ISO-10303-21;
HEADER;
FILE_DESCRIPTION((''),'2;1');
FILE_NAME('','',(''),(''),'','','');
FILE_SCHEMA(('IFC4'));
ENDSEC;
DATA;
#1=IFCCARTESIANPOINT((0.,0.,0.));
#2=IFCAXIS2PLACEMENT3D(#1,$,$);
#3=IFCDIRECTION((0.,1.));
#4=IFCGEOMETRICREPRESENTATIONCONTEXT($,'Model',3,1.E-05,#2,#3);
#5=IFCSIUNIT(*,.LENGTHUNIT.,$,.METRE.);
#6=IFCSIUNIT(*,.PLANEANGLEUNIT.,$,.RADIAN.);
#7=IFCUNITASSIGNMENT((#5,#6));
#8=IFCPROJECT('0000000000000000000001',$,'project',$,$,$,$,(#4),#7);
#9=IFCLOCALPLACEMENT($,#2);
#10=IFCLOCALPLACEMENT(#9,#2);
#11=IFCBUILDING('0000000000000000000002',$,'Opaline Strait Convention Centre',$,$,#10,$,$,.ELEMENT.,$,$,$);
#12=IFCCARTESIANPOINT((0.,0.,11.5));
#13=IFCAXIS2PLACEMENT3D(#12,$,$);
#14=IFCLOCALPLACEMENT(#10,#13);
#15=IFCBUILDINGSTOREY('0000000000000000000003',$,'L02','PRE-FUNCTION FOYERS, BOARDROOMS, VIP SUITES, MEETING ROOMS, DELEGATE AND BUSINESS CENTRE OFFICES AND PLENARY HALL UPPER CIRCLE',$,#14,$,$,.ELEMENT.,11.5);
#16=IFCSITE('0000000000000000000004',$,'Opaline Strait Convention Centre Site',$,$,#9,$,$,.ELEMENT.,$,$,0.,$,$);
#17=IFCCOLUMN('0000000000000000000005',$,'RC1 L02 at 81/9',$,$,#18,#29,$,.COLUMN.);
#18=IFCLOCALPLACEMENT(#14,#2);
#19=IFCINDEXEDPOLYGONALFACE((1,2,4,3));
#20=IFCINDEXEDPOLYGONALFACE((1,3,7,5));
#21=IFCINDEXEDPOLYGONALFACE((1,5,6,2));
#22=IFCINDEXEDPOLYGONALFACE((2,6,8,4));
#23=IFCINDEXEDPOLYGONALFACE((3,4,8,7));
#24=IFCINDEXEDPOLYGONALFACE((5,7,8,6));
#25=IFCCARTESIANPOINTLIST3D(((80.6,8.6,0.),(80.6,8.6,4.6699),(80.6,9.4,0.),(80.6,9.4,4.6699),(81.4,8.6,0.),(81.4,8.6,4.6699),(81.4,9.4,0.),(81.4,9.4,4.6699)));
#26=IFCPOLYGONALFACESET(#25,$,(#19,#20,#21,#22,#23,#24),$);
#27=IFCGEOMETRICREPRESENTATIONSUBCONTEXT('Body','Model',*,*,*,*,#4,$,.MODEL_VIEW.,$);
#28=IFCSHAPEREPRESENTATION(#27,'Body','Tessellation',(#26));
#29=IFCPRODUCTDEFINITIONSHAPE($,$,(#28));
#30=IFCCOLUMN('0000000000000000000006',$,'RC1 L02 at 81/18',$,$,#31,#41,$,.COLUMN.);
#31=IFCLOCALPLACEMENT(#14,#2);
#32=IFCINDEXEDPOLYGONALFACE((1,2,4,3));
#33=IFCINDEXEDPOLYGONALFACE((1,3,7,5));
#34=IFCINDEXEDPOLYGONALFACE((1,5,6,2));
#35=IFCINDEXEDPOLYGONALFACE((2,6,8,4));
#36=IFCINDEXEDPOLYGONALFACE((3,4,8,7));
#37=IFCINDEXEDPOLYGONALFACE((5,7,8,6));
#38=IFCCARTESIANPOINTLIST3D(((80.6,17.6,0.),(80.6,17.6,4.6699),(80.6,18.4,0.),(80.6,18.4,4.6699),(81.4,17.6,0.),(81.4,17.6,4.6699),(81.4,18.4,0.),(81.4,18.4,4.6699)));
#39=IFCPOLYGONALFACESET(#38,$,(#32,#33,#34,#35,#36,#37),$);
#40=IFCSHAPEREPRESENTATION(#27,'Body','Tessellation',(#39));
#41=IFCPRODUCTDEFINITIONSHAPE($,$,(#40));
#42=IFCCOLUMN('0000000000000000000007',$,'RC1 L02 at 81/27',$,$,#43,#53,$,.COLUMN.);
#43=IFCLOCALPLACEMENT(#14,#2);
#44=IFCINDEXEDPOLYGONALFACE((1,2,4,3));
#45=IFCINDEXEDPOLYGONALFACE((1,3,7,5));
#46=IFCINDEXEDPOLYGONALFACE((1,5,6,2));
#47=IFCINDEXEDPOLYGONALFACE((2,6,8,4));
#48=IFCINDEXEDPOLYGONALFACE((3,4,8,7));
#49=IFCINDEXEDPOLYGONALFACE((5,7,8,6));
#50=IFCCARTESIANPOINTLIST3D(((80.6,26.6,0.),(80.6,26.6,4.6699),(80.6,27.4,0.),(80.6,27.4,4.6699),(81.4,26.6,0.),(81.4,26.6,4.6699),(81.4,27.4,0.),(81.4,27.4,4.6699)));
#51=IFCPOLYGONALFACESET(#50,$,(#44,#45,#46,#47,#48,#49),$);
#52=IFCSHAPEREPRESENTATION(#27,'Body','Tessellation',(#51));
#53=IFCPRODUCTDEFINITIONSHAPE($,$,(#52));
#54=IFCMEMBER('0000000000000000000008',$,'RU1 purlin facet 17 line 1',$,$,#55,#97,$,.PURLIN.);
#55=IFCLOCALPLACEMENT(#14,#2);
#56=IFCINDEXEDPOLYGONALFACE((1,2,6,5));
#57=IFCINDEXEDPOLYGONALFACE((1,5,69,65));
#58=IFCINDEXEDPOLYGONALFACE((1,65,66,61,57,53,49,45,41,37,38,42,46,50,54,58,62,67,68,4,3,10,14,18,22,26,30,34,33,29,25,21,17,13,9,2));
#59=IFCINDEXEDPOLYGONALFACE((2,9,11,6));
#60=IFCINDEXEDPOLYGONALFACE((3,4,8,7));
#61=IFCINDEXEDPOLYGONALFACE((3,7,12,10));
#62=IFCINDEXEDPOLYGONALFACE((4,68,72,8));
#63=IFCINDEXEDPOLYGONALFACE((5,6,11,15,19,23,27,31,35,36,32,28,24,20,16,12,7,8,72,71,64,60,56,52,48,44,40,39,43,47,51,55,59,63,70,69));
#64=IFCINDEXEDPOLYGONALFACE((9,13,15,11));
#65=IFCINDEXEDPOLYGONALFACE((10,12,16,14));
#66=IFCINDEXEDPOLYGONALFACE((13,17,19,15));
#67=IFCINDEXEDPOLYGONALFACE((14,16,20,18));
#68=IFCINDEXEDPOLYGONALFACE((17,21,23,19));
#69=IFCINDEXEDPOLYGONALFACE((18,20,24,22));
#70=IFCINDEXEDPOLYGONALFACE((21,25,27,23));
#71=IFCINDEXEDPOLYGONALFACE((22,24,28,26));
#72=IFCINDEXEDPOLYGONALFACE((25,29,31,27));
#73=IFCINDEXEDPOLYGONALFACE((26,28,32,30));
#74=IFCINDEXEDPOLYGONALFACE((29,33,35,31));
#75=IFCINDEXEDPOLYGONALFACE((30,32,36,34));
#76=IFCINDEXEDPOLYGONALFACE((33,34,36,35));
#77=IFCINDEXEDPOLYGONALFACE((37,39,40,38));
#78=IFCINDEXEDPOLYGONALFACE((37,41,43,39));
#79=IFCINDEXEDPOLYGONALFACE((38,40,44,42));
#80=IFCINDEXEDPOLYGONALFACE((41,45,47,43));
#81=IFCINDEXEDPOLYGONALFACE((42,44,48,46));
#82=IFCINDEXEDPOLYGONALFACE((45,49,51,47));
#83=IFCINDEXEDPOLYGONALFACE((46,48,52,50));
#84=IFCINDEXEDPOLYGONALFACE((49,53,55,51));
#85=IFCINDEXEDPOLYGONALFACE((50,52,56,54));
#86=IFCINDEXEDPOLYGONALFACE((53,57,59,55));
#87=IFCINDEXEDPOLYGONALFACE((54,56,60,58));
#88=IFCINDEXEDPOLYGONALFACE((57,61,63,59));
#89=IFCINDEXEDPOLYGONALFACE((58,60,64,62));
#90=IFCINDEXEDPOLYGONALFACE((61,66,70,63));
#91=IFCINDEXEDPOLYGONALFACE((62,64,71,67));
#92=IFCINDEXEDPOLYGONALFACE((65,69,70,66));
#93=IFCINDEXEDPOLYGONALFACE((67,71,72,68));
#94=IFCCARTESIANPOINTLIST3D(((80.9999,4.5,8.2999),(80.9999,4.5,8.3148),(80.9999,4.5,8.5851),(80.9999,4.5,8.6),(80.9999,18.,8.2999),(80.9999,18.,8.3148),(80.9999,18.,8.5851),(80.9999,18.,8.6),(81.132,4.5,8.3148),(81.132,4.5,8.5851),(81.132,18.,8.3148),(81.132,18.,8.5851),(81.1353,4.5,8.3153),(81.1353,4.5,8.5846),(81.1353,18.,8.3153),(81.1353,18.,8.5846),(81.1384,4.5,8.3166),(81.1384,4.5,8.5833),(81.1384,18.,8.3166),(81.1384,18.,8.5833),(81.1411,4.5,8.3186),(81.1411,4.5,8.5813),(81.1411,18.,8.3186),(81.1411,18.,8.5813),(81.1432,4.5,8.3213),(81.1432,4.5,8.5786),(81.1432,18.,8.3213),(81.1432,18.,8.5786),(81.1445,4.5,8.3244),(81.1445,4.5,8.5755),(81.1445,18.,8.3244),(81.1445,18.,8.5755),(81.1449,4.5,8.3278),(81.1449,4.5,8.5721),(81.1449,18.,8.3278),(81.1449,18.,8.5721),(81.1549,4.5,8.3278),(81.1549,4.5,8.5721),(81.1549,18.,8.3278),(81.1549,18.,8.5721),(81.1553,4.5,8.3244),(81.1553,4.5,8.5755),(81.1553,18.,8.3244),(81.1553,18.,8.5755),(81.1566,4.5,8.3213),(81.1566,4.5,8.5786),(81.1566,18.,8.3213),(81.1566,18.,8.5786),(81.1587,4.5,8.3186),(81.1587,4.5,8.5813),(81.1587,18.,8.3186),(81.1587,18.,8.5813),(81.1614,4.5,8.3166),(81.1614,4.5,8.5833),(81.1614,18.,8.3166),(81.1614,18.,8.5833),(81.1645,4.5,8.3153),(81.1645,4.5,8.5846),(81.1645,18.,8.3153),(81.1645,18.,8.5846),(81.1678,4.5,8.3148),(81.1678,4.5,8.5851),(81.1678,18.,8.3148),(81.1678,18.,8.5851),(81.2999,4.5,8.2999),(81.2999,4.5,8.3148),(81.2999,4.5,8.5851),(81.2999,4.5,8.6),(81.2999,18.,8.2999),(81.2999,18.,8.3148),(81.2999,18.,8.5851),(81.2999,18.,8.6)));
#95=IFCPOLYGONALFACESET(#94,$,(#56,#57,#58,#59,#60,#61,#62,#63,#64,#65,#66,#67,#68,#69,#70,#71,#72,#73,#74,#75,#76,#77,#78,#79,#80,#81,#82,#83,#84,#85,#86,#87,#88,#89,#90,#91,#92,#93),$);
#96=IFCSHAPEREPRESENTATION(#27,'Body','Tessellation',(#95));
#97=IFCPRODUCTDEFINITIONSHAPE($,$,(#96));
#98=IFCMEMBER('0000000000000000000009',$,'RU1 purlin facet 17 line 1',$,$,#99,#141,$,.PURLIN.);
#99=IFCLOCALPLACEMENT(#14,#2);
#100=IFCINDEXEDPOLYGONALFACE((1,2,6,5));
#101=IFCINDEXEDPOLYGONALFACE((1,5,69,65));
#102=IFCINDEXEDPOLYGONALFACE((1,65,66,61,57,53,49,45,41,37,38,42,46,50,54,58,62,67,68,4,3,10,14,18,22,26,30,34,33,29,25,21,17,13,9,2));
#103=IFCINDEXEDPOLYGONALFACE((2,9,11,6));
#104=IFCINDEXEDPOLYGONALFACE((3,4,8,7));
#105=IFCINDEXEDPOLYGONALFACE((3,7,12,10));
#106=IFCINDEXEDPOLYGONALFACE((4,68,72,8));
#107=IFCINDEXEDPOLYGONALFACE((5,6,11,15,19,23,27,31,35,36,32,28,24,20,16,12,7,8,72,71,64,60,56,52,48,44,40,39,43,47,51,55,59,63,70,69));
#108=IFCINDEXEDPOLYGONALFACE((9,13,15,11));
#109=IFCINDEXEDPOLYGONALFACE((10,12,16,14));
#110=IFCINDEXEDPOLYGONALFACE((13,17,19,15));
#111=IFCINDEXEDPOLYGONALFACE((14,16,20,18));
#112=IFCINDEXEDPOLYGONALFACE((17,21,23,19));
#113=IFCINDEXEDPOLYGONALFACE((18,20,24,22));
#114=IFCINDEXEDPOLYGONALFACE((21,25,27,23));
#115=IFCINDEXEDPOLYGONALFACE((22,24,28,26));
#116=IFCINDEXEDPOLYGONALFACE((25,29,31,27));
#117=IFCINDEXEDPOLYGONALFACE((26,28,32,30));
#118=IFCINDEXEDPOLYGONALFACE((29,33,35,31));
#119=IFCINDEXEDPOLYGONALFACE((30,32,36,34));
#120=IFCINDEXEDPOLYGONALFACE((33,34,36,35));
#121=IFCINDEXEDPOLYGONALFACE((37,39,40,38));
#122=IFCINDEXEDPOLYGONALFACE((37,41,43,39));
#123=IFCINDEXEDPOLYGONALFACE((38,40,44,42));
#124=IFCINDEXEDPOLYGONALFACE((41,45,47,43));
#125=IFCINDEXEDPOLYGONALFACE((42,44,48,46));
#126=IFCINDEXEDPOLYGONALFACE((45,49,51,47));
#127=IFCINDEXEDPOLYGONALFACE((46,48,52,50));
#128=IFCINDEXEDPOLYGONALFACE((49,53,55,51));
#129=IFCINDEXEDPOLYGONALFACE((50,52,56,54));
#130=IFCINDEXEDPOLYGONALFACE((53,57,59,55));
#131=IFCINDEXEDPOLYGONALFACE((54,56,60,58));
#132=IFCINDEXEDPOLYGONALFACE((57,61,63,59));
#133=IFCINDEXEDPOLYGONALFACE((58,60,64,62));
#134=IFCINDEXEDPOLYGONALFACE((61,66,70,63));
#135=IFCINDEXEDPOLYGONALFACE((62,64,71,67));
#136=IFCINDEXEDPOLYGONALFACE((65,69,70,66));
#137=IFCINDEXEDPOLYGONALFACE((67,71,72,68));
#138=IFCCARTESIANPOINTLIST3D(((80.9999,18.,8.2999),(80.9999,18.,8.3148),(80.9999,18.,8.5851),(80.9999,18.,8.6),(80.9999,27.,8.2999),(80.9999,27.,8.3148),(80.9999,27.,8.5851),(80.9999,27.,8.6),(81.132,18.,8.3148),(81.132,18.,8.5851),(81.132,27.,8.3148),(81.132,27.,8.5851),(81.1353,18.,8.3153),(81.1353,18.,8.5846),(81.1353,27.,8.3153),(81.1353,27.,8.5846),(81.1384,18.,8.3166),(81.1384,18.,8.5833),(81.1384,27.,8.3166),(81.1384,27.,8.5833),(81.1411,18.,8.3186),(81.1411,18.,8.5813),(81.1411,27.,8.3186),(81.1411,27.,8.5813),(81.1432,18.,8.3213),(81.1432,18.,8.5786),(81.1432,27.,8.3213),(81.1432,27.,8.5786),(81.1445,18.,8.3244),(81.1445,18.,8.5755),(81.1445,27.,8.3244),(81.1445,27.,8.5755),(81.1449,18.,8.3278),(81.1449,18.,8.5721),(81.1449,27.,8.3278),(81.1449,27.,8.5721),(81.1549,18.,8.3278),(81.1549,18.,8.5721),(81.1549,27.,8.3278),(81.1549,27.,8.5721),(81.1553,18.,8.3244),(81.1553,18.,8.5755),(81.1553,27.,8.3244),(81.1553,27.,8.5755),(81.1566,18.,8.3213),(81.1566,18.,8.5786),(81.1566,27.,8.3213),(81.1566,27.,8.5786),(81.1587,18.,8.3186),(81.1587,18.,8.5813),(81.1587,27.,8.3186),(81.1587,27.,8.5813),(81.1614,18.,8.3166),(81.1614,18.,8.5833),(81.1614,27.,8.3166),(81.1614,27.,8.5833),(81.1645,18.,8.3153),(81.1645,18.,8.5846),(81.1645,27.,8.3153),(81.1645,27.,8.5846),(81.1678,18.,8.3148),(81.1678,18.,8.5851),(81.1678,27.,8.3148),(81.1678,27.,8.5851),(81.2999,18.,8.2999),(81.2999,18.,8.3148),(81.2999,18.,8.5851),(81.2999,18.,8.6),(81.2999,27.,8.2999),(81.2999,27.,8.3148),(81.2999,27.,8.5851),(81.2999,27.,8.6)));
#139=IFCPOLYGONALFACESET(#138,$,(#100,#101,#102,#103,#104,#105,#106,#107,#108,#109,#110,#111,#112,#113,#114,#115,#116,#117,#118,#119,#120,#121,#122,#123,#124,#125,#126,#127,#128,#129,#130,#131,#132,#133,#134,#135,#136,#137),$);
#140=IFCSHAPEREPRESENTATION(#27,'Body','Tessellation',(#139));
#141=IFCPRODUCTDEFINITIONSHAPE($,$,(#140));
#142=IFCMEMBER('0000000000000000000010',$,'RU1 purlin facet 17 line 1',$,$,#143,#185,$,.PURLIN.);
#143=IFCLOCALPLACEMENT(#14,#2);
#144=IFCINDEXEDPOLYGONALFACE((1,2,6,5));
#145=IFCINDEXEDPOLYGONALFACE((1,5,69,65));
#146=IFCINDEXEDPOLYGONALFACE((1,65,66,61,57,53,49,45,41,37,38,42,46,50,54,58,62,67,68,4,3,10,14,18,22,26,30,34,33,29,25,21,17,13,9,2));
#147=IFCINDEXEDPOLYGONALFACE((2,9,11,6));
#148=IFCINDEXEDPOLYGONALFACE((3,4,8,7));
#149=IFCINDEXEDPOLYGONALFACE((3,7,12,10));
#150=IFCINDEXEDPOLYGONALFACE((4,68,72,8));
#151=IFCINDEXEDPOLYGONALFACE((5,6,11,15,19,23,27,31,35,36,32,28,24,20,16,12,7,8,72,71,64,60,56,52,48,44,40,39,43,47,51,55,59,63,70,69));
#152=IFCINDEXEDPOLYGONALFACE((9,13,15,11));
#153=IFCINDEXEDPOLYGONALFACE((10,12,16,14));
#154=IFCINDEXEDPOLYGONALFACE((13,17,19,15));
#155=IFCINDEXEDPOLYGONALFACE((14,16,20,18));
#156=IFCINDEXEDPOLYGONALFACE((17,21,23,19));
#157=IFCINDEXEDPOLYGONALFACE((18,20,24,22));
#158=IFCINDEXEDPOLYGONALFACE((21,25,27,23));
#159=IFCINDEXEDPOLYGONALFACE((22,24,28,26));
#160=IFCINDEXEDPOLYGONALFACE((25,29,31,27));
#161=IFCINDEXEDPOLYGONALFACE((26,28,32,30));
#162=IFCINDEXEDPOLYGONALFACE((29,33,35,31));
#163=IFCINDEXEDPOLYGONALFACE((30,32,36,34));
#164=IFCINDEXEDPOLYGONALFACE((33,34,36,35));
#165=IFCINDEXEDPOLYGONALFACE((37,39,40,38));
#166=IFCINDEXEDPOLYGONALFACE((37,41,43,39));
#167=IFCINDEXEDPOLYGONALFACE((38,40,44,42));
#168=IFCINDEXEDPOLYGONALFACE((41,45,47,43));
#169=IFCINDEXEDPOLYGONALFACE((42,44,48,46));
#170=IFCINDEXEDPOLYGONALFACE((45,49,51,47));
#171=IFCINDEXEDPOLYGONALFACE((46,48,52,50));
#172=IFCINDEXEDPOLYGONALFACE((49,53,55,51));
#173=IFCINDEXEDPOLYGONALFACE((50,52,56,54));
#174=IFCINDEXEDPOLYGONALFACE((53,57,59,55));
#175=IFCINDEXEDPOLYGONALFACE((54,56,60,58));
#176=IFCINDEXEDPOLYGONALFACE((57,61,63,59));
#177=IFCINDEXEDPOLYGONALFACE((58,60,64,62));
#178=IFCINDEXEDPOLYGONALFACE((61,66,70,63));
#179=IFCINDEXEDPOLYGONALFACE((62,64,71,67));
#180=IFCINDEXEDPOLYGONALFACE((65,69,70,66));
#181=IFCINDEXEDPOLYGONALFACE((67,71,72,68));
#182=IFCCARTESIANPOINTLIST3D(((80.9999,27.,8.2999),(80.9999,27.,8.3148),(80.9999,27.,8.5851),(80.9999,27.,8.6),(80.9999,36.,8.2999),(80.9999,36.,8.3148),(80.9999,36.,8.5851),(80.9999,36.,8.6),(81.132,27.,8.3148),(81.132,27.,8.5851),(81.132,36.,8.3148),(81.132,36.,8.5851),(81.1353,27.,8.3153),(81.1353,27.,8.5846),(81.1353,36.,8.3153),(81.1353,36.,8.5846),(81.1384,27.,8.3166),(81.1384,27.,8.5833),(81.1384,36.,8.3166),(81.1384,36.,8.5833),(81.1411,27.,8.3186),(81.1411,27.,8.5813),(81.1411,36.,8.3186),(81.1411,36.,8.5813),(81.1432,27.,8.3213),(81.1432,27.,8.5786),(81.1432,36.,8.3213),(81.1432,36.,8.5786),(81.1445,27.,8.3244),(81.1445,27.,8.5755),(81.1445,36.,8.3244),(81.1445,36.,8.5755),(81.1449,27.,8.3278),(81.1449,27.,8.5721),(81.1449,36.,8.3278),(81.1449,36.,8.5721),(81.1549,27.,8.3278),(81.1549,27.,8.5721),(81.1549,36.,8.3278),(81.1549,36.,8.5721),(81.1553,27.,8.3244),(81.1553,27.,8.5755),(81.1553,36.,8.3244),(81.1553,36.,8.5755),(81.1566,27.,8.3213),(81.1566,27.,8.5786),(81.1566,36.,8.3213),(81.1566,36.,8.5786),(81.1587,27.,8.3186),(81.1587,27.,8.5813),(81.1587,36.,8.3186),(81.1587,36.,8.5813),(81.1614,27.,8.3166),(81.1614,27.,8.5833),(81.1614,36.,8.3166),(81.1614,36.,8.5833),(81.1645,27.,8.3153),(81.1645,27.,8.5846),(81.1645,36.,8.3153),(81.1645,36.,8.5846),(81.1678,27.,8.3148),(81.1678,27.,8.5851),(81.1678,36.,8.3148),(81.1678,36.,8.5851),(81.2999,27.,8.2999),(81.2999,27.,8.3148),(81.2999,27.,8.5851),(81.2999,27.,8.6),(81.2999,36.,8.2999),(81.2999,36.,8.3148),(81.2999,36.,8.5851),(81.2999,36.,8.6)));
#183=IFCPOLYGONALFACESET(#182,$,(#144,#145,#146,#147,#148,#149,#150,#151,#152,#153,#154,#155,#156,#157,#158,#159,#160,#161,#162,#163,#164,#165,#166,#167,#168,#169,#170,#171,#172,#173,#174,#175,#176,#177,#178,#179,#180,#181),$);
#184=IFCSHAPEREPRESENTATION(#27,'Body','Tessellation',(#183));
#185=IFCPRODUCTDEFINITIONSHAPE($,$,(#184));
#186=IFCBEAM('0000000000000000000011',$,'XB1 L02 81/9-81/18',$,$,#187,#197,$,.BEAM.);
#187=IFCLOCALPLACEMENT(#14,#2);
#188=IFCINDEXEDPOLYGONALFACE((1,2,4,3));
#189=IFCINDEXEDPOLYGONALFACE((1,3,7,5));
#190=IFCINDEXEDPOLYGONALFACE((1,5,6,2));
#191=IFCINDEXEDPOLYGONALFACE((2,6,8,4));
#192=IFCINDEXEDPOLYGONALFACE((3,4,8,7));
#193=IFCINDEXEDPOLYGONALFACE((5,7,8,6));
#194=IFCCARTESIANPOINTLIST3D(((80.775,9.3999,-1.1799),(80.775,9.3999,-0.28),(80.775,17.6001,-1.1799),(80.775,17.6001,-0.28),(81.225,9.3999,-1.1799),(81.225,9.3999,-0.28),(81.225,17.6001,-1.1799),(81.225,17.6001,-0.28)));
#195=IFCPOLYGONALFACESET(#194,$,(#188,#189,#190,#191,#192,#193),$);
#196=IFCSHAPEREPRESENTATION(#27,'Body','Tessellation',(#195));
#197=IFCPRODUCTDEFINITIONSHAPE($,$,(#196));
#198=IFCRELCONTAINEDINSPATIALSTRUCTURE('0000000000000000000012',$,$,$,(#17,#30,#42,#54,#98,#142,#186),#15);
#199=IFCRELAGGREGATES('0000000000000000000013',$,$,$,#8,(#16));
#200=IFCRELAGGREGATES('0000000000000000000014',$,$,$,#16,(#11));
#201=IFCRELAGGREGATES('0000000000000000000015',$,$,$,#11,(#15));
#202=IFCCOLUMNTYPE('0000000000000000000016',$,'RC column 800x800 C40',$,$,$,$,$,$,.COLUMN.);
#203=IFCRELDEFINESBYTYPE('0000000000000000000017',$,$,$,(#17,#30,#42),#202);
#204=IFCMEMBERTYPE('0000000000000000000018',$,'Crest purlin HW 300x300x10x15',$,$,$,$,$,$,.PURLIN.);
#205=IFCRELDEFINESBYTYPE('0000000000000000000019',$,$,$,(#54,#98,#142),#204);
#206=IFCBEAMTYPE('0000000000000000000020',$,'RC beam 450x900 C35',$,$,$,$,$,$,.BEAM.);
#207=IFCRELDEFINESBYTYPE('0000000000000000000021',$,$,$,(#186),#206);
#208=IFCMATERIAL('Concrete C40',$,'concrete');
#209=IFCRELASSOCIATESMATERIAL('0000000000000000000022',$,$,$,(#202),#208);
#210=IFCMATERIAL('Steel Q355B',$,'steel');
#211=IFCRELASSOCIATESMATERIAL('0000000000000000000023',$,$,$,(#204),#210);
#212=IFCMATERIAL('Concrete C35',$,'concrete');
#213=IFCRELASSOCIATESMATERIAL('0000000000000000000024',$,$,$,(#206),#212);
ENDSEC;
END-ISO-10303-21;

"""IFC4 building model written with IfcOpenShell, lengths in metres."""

from ifc_helpers import new_model, si_unit, direction, frame, origin, origin_2d, place, context, subcontext, project, spatial, rectangle, i_section, extrude, material, material_profile, profile_set, type_object, element, save


model = new_model("IFC4")

# Units and contexts
model_context = context("Model", 3, precision=1e-05, world=origin(), true_north=direction((0.0, 1.0)))
body_context = subcontext(model_context, "Body", "Model", "MODEL_VIEW")
ifc_project = project(units=[si_unit("LENGTHUNIT", "METRE"), si_unit("PLANEANGLEUNIT", "RADIAN")], contexts=[model_context])

# Site, building, storey
site_placement = place(None, origin())
site = spatial("IfcSite", under=ifc_project, at=site_placement, Name="Opaline Strait Convention Centre Site", CompositionType="ELEMENT", RefElevation=0.0)
building_placement = place(site_placement, origin())
building = spatial("IfcBuilding", under=site, at=building_placement, Name="Opaline Strait Convention Centre", CompositionType="ELEMENT")
storey_placement = place(building_placement, frame((0.0, 0.0, 11.5)))
storey = spatial("IfcBuildingStorey", under=building, at=storey_placement, Name="L02", Description="PRE-FUNCTION FOYERS, BOARDROOMS, VIP SUITES, MEETING ROOMS, DELEGATE AND BUSINESS CENTRE OFFICES AND PLENARY HALL UPPER CIRCLE", CompositionType="ELEMENT", Elevation=11.5)

# Columns
ifc_material_1 = material(Name="Concrete C40", Category="concrete")
ifc_material_profile_1 = material_profile(ifc_material_1, rectangle(XDim=0.8, YDim=0.8, at=origin_2d()), Name="RC 800x800")
ifc_profile_set_1 = profile_set([ifc_material_profile_1], Name="Concrete C40")
column_type = type_object("IfcColumnType", Name="RC column 800x800 C40", PredefinedType="COLUMN", material=ifc_profile_set_1)
for number, where, z_axis, x_axis, name in (
    (1, (81.0, 9.0, 0.0), (0.0, 0.0, 1.0), (1.0, 0.0, 0.0), "RC1 L02 at 81/9"),
    (2, (81.0, 18.0, 0.0), (0.0, 0.0, 1.0), (1.0, 0.0, 0.0), "RC1 L02 at 81/18"),
    (3, (81.0, 27.0, 0.0), (0.0, 0.0, 1.0), (1.0, 0.0, 0.0), "RC1 L02 at 81/27"),
):
    element("IfcColumn", number, at=place(storey_placement, frame(where, z_axis=z_axis, x_axis=x_axis)), inside=storey, type_object=column_type, Name=name, PredefinedType="COLUMN", context=body_context, shape_type="SweptSolid", body=[
        extrude(rectangle(XDim=0.8, YDim=0.8, at=origin_2d()), origin(), (0.0, 0.0, 1.0), 4.6699),
    ])

# Members
ifc_material_2 = material(Name="Steel Q355B", Category="steel")
ifc_material_profile_2 = material_profile(ifc_material_2, i_section(OverallWidth=0.3, OverallDepth=0.3, WebThickness=0.01, FlangeThickness=0.0149, FilletRadius=0.0129, at=origin_2d()), Name="HW 300x300x10x15")
ifc_profile_set_2 = profile_set([ifc_material_profile_2], Name="Steel Q355B")
member_type_1 = type_object("IfcMemberType", Name="Crest purlin HW 300x300x10x15", PredefinedType="PURLIN", material=ifc_profile_set_2)
member_placement = place(storey_placement, frame((81.1499, 4.5, 8.45), z_axis=(0.0, 1.0, 0.0), x_axis=(-1.0, 0.0, 0.0)))
element("IfcMember", 4, at=member_placement, inside=storey, type_object=member_type_1, Name="RU1 purlin facet 17 line 1", PredefinedType="PURLIN", context=body_context, shape_type="SweptSolid", body=[
    extrude(i_section(OverallWidth=0.3, OverallDepth=0.3, WebThickness=0.01, FlangeThickness=0.0149, FilletRadius=0.0129, at=origin_2d()), origin(), (0.0, 0.0, 1.0), 13.5),
])
for number, where, z_axis, x_axis, name in (
    (5, (81.1499, 18.0, 8.45), (0.0, 1.0, 0.0), (-1.0, 0.0, 0.0), "RU1 purlin facet 17 line 1"),
    (6, (81.1499, 27.0, 8.45), (0.0, 1.0, 0.0), (-1.0, 0.0, 0.0), "RU1 purlin facet 17 line 1"),
):
    element("IfcMember", number, at=place(storey_placement, frame(where, z_axis=z_axis, x_axis=x_axis)), inside=storey, type_object=member_type_1, Name=name, PredefinedType="PURLIN", context=body_context, shape_type="SweptSolid", body=[
        extrude(i_section(OverallWidth=0.3, OverallDepth=0.3, WebThickness=0.01, FlangeThickness=0.0149, FilletRadius=0.0129, at=origin_2d()), origin(), (0.0, 0.0, 1.0), 9.0),
    ])

# Beam
ifc_material_3 = material(Name="Concrete C35", Category="concrete")
ifc_material_profile_3 = material_profile(ifc_material_3, rectangle(XDim=0.45, YDim=0.8999, at=origin_2d()), Name="RC 450x900")
ifc_profile_set_3 = profile_set([ifc_material_profile_3], Name="Concrete C35")
beam_type = type_object("IfcBeamType", Name="RC beam 450x900 C35", PredefinedType="BEAM", material=ifc_profile_set_3)
for number, where, z_axis, x_axis, name in (
    (7, (81.0, 9.3999, -0.73), (0.0, 1.0, 0.0), (-1.0, 0.0, 0.0), "XB1 L02 81/9-81/18"),
):
    element("IfcBeam", number, at=place(storey_placement, frame(where, z_axis=z_axis, x_axis=x_axis)), inside=storey, type_object=beam_type, Name=name, PredefinedType="BEAM", context=body_context, shape_type="SweptSolid", body=[
        extrude(rectangle(XDim=0.45, YDim=0.8999, at=origin_2d()), origin(), (0.0, 0.0, 1.0), 8.2002),
    ])

save(model, "model.ifc")
